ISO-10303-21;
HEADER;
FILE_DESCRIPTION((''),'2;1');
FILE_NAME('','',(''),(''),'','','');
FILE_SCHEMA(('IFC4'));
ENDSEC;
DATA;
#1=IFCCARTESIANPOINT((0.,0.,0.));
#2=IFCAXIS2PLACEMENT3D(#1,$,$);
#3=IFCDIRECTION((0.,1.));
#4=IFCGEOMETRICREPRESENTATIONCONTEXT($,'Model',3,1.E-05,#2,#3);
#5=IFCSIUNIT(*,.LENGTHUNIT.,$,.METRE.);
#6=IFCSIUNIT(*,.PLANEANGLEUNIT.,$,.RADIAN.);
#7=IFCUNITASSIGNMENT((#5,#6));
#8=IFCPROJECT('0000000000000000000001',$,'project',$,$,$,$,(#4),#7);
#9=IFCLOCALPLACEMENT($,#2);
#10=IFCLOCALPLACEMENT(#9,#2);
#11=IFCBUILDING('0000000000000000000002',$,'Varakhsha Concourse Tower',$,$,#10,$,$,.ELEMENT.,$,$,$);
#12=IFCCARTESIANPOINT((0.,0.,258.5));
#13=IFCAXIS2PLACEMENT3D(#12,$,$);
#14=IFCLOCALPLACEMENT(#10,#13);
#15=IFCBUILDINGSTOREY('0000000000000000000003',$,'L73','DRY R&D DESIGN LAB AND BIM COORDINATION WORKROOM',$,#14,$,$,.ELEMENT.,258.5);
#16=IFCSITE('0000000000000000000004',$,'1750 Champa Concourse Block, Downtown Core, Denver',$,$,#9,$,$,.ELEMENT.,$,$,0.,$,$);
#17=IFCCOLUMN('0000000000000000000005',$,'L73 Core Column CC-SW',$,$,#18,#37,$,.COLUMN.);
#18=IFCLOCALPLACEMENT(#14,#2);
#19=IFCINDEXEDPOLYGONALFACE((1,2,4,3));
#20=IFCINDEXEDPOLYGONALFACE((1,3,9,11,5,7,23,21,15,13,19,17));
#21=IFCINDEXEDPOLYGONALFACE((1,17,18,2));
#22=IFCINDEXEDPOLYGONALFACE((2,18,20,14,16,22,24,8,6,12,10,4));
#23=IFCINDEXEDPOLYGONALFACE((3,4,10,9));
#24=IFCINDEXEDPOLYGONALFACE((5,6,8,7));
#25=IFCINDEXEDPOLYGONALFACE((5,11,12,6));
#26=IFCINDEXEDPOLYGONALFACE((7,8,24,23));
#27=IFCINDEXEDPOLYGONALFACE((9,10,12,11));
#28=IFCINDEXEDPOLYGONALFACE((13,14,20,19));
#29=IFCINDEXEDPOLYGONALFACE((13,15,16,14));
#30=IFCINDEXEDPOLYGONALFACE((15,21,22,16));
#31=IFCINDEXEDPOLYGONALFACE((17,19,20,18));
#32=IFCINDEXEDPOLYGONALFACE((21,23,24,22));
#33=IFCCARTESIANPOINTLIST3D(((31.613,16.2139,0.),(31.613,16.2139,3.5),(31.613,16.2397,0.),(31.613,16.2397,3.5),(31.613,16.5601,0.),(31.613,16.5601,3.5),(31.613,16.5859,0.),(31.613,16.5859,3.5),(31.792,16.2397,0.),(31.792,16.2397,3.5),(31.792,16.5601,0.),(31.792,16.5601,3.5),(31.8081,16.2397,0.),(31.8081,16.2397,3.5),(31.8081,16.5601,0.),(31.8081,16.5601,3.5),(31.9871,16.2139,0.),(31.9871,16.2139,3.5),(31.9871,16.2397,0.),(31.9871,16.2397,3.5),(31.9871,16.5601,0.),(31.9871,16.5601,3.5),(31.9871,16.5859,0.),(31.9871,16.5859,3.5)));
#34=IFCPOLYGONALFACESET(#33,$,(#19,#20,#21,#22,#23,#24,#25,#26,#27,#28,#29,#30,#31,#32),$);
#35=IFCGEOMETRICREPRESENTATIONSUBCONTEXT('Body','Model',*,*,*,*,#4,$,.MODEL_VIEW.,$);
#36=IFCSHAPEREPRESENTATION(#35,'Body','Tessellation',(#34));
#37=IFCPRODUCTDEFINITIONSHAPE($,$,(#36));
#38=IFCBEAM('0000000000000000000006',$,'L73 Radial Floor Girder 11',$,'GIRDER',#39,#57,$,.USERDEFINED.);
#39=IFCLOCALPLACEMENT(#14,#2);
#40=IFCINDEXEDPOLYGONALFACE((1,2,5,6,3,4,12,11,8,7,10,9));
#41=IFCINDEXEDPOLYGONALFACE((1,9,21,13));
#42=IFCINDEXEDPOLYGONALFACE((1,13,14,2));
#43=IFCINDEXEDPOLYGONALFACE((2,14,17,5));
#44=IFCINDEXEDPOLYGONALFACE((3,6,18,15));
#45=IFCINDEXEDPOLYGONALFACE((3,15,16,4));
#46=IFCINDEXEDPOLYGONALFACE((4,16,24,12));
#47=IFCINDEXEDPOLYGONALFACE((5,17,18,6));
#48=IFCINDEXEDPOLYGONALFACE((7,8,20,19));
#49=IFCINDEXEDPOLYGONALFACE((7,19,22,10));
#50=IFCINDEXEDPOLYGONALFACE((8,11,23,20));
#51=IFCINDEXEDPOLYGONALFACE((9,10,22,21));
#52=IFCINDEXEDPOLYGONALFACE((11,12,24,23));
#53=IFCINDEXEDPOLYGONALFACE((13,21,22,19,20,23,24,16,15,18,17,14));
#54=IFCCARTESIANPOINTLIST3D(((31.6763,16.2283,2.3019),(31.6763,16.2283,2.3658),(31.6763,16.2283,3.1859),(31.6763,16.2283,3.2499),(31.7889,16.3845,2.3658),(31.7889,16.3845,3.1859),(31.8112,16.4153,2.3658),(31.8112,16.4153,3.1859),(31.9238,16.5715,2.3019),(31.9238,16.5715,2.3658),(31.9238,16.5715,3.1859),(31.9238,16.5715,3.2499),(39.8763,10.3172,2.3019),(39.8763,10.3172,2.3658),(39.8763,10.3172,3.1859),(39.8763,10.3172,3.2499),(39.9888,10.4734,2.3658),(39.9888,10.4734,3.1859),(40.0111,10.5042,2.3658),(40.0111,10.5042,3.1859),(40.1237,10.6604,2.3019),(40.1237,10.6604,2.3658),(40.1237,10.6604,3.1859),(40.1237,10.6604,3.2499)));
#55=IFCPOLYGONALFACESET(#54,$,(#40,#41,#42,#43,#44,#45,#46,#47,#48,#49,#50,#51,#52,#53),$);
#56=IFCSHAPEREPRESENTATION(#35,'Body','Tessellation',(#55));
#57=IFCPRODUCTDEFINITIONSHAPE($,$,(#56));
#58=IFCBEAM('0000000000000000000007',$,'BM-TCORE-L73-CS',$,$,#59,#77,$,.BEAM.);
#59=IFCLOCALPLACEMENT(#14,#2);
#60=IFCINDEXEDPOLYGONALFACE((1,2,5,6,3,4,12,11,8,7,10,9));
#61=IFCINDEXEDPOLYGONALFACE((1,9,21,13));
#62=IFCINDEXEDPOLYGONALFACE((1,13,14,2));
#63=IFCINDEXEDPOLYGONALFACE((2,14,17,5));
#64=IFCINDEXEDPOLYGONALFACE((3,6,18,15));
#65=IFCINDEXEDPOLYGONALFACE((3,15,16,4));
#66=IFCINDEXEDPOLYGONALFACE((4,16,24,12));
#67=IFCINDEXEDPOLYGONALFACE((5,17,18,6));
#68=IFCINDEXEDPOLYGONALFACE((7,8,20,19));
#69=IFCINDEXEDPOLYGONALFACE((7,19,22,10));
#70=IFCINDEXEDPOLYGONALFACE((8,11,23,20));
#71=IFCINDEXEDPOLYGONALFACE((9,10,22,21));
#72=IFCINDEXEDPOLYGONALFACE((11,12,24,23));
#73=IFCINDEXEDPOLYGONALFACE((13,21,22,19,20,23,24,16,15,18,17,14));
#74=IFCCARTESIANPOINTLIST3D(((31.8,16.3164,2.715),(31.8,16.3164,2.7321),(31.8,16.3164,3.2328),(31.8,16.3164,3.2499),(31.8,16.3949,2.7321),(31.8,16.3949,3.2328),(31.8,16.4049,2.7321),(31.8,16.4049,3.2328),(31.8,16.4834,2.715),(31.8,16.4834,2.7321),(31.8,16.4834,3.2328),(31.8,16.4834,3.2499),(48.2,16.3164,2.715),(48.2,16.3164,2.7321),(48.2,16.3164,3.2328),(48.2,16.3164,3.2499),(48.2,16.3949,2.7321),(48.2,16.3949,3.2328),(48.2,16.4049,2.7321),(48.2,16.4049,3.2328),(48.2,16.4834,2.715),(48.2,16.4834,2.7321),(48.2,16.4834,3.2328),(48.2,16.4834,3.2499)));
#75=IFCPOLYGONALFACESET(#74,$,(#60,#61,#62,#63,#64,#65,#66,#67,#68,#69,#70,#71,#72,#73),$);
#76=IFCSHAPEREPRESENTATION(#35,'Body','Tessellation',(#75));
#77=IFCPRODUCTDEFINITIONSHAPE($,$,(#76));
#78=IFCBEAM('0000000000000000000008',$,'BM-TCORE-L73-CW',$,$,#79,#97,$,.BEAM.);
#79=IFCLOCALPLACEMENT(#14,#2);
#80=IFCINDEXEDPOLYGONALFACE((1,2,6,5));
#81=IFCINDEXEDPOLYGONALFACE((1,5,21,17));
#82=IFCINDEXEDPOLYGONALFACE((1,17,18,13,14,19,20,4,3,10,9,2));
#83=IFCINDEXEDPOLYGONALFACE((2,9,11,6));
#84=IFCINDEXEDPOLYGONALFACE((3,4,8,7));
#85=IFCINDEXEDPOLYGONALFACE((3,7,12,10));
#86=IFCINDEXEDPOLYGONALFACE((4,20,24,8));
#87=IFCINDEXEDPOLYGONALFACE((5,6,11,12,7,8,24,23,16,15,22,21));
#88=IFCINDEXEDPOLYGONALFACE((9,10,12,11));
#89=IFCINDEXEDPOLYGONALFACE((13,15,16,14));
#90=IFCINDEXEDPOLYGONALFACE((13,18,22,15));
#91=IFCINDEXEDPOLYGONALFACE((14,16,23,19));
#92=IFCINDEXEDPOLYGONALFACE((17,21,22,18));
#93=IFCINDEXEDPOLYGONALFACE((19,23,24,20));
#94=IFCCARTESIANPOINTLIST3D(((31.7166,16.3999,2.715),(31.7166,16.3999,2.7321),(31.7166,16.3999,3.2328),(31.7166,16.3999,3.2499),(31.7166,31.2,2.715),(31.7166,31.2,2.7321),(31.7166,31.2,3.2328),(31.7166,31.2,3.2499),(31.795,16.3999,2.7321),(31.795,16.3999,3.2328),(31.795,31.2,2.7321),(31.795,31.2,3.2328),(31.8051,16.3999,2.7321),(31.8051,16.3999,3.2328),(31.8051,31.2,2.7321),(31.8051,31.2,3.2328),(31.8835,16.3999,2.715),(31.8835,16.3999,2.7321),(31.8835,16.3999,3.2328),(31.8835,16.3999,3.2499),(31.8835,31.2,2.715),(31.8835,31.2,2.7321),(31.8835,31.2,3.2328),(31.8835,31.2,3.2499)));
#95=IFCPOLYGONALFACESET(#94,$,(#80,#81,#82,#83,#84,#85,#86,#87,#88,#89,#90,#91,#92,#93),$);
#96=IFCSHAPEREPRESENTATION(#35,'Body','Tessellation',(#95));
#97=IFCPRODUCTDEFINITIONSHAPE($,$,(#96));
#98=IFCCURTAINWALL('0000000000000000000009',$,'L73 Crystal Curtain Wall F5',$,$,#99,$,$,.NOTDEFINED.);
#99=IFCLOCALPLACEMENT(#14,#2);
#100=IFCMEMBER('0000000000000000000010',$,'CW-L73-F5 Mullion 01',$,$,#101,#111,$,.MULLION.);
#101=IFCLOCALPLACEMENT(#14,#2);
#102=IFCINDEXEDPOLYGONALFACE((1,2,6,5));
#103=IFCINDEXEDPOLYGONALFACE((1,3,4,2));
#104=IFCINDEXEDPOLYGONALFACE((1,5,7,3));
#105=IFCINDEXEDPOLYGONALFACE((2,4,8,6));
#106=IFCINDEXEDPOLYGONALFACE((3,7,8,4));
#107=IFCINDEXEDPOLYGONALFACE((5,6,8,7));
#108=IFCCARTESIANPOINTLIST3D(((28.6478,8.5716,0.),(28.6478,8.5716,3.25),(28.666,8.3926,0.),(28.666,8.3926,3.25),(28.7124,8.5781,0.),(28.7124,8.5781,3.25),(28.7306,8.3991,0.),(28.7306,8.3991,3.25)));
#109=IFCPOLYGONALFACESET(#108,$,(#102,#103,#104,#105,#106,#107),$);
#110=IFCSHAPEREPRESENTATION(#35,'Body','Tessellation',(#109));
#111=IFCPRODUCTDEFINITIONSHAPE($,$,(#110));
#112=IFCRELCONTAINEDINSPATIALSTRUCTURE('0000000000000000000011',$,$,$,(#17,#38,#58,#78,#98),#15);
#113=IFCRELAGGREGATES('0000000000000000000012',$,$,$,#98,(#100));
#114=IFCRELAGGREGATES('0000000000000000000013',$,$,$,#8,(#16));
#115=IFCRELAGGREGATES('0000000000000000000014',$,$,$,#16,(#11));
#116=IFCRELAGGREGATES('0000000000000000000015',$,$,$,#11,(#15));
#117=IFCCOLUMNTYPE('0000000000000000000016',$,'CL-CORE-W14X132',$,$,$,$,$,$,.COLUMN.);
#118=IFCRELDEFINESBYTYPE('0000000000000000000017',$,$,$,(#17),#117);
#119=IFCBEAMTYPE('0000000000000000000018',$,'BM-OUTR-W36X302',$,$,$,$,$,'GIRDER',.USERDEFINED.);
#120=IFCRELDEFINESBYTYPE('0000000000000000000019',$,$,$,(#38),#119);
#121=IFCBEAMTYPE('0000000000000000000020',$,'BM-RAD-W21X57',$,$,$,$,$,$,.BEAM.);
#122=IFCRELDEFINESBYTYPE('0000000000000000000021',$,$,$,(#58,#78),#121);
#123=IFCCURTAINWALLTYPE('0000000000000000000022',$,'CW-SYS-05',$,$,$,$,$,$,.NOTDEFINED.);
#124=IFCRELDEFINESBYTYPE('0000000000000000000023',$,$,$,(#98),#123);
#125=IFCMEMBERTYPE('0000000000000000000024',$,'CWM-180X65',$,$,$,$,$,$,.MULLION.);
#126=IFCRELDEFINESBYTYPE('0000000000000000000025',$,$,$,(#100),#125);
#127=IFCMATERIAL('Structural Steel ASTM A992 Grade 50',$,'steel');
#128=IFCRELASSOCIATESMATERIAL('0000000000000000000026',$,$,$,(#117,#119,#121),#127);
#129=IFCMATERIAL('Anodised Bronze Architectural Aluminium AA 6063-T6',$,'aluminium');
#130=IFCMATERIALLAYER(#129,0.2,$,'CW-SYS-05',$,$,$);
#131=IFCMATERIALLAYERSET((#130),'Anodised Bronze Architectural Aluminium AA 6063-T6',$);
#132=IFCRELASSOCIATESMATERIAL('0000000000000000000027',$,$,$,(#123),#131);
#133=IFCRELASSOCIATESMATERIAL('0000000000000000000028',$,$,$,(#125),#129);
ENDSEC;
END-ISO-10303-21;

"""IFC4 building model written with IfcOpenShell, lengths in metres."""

from ifc_helpers import new_model, si_unit, direction, frame, origin, origin_2d, place, context, subcontext, project, spatial, rectangle, i_section, extrude, source, transform, mapped, material, layer, layer_set, material_profile, profile_set, type_object, type_shapes, element, aggregate, save


model = new_model("IFC4")

# Units and contexts
model_context = context("Model", 3, precision=1e-05, world=origin(), true_north=direction((0.0, 1.0)))
body_context = subcontext(model_context, "Body", "Model", "MODEL_VIEW")
ifc_project = project(units=[si_unit("LENGTHUNIT", "METRE"), si_unit("PLANEANGLEUNIT", "RADIAN")], contexts=[model_context])

# Site, building, storey
site_placement = place(None, origin())
site = spatial("IfcSite", under=ifc_project, at=site_placement, Name="1750 Champa Concourse Block, Downtown Core, Denver", CompositionType="ELEMENT", RefElevation=0.0)
building_placement = place(site_placement, origin())
building = spatial("IfcBuilding", under=site, at=building_placement, Name="Varakhsha Concourse Tower", CompositionType="ELEMENT")
storey_placement = place(building_placement, frame((0.0, 0.0, 258.5)))
storey = spatial("IfcBuildingStorey", under=building, at=storey_placement, Name="L73", Description="DRY R&D DESIGN LAB AND BIM COORDINATION WORKROOM", CompositionType="ELEMENT", Elevation=258.5)

# Column
ifc_material_1 = material(Name="Structural Steel ASTM A992 Grade 50", Category="steel")
ifc_material_profile_1 = material_profile(ifc_material_1, i_section(OverallWidth=0.374, OverallDepth=0.3721, WebThickness=0.0161, FlangeThickness=0.0259, at=origin_2d()), Name="W14X132")
ifc_profile_set_1 = profile_set([ifc_material_profile_1], Name="Structural Steel ASTM A992 Grade 50")
column_type = type_object("IfcColumnType", Name="CL-CORE-W14X132", PredefinedType="COLUMN", material=ifc_profile_set_1)
column_placement = place(storey_placement, frame((31.8, 16.3999, 0.0), z_axis=(0.0, 0.0, 1.0), x_axis=(1.0, 0.0, 0.0)))
element("IfcColumn", 1, at=column_placement, inside=storey, type_object=column_type, Name="L73 Core Column CC-SW", PredefinedType="COLUMN", context=body_context, shape_type="SweptSolid", body=[
    extrude(i_section(OverallWidth=0.374, OverallDepth=0.3721, WebThickness=0.0161, FlangeThickness=0.0259, at=origin_2d()), origin(), (0.0, 0.0, 1.0), 3.5),
])

# Beams
ifc_material_profile_2 = material_profile(ifc_material_1, i_section(OverallWidth=0.4231, OverallDepth=0.948, WebThickness=0.0381, FlangeThickness=0.064, at=origin_2d()), Name="W36X302")
ifc_profile_set_2 = profile_set([ifc_material_profile_2], Name="Structural Steel ASTM A992 Grade 50")
beam_type_1 = type_object("IfcBeamType", Name="BM-OUTR-W36X302", ElementType="GIRDER", PredefinedType="USERDEFINED", material=ifc_profile_set_2)
beam_1_placement = place(storey_placement, frame((31.8, 16.3999, 2.7759), z_axis=(0.811198, -0.584772, 0.0), x_axis=(0.584772, 0.811198, 0.0)))
element("IfcBeam", 2, at=beam_1_placement, inside=storey, type_object=beam_type_1, Name="L73 Radial Floor Girder 11", ObjectType="GIRDER", PredefinedType="USERDEFINED", context=body_context, shape_type="SweptSolid", body=[
    extrude(i_section(OverallWidth=0.4231, OverallDepth=0.948, WebThickness=0.0381, FlangeThickness=0.064, at=origin_2d()), origin(), (0.0, 0.0, 1.0), 10.1084),
])
ifc_material_profile_3 = material_profile(ifc_material_1, i_section(OverallWidth=0.167, OverallDepth=0.5349, WebThickness=0.01, FlangeThickness=0.0171, at=origin_2d()), Name="W21X57")
ifc_profile_set_3 = profile_set([ifc_material_profile_3], Name="Structural Steel ASTM A992 Grade 50")
beam_type_2 = type_object("IfcBeamType", Name="BM-RAD-W21X57", PredefinedType="BEAM", material=ifc_profile_set_3)
beam_2_placement = place(storey_placement, frame((31.8, 16.3999, 2.9824), z_axis=(1.0, 0.0, 0.0), x_axis=(0.0, 1.0, 0.0)))
element("IfcBeam", 3, at=beam_2_placement, inside=storey, type_object=beam_type_2, Name="BM-TCORE-L73-CS", PredefinedType="BEAM", context=body_context, shape_type="SweptSolid", body=[
    extrude(i_section(OverallWidth=0.167, OverallDepth=0.5349, WebThickness=0.01, FlangeThickness=0.0171, at=origin_2d()), origin(), (0.0, 0.0, 1.0), 16.3999),
])
beam_3_placement = place(storey_placement, frame((31.8, 16.3999, 2.9824), z_axis=(0.0, 1.0, 0.0), x_axis=(-1.0, 0.0, 0.0)))
element("IfcBeam", 4, at=beam_3_placement, inside=storey, type_object=beam_type_2, Name="BM-TCORE-L73-CW", PredefinedType="BEAM", context=body_context, shape_type="SweptSolid", body=[
    extrude(i_section(OverallWidth=0.167, OverallDepth=0.5349, WebThickness=0.01, FlangeThickness=0.0171, at=origin_2d()), origin(), (0.0, 0.0, 1.0), 14.8),
])

# Curtain wall, member
ifc_material_2 = material(Name="Anodised Bronze Architectural Aluminium AA 6063-T6", Category="aluminium")
ifc_layer_1 = layer(ifc_material_2, 0.2, Name="CW-SYS-05")
ifc_layer_set_1 = layer_set([ifc_layer_1], Name="Anodised Bronze Architectural Aluminium AA 6063-T6")
curtain_wall_type = type_object("IfcCurtainWallType", Name="CW-SYS-05", PredefinedType="NOTDEFINED", material=ifc_layer_set_1)
curtain_wall_placement = place(storey_placement, origin())
curtain_wall = element("IfcCurtainWall", 5, at=curtain_wall_placement, inside=storey, type_object=curtain_wall_type, Name="L73 Crystal Curtain Wall F5", PredefinedType="NOTDEFINED")
ifc_material_profile_4 = material_profile(ifc_material_2, rectangle(XDim=0.0649, YDim=0.1799, at=origin_2d()), Name="CWM-180X65")
ifc_profile_set_4 = profile_set([ifc_material_profile_4], Name="Anodised Bronze Architectural Aluminium AA 6063-T6")
member_type = type_object("IfcMemberType", Name="CWM-180X65", PredefinedType="MULLION", material=ifc_profile_set_4)
shared_shape = source(origin(), body_context, "Body", "SweptSolid", [
    extrude(rectangle(XDim=0.0649, YDim=0.1799, at=origin_2d()), origin(), (0.0, 0.0, 1.0), 3.25),
])
type_shapes(member_type, [shared_shape])
member_placement = place(storey_placement, frame((28.6892, 8.4854, 0.0), z_axis=(0.0, 0.0, 1.0), x_axis=(-0.994852, -0.101336, 0.0)))
member = element("IfcMember", 6, at=member_placement, type_object=member_type, Name="CW-L73-F5 Mullion 01", PredefinedType="MULLION", context=body_context, shape_type="MappedRepresentation", body=[
    mapped(shared_shape, transform((0.0, 0.0, 0.0), scale=1.0)),
])
aggregate(curtain_wall, [member])

save(model, "model.ifc")
